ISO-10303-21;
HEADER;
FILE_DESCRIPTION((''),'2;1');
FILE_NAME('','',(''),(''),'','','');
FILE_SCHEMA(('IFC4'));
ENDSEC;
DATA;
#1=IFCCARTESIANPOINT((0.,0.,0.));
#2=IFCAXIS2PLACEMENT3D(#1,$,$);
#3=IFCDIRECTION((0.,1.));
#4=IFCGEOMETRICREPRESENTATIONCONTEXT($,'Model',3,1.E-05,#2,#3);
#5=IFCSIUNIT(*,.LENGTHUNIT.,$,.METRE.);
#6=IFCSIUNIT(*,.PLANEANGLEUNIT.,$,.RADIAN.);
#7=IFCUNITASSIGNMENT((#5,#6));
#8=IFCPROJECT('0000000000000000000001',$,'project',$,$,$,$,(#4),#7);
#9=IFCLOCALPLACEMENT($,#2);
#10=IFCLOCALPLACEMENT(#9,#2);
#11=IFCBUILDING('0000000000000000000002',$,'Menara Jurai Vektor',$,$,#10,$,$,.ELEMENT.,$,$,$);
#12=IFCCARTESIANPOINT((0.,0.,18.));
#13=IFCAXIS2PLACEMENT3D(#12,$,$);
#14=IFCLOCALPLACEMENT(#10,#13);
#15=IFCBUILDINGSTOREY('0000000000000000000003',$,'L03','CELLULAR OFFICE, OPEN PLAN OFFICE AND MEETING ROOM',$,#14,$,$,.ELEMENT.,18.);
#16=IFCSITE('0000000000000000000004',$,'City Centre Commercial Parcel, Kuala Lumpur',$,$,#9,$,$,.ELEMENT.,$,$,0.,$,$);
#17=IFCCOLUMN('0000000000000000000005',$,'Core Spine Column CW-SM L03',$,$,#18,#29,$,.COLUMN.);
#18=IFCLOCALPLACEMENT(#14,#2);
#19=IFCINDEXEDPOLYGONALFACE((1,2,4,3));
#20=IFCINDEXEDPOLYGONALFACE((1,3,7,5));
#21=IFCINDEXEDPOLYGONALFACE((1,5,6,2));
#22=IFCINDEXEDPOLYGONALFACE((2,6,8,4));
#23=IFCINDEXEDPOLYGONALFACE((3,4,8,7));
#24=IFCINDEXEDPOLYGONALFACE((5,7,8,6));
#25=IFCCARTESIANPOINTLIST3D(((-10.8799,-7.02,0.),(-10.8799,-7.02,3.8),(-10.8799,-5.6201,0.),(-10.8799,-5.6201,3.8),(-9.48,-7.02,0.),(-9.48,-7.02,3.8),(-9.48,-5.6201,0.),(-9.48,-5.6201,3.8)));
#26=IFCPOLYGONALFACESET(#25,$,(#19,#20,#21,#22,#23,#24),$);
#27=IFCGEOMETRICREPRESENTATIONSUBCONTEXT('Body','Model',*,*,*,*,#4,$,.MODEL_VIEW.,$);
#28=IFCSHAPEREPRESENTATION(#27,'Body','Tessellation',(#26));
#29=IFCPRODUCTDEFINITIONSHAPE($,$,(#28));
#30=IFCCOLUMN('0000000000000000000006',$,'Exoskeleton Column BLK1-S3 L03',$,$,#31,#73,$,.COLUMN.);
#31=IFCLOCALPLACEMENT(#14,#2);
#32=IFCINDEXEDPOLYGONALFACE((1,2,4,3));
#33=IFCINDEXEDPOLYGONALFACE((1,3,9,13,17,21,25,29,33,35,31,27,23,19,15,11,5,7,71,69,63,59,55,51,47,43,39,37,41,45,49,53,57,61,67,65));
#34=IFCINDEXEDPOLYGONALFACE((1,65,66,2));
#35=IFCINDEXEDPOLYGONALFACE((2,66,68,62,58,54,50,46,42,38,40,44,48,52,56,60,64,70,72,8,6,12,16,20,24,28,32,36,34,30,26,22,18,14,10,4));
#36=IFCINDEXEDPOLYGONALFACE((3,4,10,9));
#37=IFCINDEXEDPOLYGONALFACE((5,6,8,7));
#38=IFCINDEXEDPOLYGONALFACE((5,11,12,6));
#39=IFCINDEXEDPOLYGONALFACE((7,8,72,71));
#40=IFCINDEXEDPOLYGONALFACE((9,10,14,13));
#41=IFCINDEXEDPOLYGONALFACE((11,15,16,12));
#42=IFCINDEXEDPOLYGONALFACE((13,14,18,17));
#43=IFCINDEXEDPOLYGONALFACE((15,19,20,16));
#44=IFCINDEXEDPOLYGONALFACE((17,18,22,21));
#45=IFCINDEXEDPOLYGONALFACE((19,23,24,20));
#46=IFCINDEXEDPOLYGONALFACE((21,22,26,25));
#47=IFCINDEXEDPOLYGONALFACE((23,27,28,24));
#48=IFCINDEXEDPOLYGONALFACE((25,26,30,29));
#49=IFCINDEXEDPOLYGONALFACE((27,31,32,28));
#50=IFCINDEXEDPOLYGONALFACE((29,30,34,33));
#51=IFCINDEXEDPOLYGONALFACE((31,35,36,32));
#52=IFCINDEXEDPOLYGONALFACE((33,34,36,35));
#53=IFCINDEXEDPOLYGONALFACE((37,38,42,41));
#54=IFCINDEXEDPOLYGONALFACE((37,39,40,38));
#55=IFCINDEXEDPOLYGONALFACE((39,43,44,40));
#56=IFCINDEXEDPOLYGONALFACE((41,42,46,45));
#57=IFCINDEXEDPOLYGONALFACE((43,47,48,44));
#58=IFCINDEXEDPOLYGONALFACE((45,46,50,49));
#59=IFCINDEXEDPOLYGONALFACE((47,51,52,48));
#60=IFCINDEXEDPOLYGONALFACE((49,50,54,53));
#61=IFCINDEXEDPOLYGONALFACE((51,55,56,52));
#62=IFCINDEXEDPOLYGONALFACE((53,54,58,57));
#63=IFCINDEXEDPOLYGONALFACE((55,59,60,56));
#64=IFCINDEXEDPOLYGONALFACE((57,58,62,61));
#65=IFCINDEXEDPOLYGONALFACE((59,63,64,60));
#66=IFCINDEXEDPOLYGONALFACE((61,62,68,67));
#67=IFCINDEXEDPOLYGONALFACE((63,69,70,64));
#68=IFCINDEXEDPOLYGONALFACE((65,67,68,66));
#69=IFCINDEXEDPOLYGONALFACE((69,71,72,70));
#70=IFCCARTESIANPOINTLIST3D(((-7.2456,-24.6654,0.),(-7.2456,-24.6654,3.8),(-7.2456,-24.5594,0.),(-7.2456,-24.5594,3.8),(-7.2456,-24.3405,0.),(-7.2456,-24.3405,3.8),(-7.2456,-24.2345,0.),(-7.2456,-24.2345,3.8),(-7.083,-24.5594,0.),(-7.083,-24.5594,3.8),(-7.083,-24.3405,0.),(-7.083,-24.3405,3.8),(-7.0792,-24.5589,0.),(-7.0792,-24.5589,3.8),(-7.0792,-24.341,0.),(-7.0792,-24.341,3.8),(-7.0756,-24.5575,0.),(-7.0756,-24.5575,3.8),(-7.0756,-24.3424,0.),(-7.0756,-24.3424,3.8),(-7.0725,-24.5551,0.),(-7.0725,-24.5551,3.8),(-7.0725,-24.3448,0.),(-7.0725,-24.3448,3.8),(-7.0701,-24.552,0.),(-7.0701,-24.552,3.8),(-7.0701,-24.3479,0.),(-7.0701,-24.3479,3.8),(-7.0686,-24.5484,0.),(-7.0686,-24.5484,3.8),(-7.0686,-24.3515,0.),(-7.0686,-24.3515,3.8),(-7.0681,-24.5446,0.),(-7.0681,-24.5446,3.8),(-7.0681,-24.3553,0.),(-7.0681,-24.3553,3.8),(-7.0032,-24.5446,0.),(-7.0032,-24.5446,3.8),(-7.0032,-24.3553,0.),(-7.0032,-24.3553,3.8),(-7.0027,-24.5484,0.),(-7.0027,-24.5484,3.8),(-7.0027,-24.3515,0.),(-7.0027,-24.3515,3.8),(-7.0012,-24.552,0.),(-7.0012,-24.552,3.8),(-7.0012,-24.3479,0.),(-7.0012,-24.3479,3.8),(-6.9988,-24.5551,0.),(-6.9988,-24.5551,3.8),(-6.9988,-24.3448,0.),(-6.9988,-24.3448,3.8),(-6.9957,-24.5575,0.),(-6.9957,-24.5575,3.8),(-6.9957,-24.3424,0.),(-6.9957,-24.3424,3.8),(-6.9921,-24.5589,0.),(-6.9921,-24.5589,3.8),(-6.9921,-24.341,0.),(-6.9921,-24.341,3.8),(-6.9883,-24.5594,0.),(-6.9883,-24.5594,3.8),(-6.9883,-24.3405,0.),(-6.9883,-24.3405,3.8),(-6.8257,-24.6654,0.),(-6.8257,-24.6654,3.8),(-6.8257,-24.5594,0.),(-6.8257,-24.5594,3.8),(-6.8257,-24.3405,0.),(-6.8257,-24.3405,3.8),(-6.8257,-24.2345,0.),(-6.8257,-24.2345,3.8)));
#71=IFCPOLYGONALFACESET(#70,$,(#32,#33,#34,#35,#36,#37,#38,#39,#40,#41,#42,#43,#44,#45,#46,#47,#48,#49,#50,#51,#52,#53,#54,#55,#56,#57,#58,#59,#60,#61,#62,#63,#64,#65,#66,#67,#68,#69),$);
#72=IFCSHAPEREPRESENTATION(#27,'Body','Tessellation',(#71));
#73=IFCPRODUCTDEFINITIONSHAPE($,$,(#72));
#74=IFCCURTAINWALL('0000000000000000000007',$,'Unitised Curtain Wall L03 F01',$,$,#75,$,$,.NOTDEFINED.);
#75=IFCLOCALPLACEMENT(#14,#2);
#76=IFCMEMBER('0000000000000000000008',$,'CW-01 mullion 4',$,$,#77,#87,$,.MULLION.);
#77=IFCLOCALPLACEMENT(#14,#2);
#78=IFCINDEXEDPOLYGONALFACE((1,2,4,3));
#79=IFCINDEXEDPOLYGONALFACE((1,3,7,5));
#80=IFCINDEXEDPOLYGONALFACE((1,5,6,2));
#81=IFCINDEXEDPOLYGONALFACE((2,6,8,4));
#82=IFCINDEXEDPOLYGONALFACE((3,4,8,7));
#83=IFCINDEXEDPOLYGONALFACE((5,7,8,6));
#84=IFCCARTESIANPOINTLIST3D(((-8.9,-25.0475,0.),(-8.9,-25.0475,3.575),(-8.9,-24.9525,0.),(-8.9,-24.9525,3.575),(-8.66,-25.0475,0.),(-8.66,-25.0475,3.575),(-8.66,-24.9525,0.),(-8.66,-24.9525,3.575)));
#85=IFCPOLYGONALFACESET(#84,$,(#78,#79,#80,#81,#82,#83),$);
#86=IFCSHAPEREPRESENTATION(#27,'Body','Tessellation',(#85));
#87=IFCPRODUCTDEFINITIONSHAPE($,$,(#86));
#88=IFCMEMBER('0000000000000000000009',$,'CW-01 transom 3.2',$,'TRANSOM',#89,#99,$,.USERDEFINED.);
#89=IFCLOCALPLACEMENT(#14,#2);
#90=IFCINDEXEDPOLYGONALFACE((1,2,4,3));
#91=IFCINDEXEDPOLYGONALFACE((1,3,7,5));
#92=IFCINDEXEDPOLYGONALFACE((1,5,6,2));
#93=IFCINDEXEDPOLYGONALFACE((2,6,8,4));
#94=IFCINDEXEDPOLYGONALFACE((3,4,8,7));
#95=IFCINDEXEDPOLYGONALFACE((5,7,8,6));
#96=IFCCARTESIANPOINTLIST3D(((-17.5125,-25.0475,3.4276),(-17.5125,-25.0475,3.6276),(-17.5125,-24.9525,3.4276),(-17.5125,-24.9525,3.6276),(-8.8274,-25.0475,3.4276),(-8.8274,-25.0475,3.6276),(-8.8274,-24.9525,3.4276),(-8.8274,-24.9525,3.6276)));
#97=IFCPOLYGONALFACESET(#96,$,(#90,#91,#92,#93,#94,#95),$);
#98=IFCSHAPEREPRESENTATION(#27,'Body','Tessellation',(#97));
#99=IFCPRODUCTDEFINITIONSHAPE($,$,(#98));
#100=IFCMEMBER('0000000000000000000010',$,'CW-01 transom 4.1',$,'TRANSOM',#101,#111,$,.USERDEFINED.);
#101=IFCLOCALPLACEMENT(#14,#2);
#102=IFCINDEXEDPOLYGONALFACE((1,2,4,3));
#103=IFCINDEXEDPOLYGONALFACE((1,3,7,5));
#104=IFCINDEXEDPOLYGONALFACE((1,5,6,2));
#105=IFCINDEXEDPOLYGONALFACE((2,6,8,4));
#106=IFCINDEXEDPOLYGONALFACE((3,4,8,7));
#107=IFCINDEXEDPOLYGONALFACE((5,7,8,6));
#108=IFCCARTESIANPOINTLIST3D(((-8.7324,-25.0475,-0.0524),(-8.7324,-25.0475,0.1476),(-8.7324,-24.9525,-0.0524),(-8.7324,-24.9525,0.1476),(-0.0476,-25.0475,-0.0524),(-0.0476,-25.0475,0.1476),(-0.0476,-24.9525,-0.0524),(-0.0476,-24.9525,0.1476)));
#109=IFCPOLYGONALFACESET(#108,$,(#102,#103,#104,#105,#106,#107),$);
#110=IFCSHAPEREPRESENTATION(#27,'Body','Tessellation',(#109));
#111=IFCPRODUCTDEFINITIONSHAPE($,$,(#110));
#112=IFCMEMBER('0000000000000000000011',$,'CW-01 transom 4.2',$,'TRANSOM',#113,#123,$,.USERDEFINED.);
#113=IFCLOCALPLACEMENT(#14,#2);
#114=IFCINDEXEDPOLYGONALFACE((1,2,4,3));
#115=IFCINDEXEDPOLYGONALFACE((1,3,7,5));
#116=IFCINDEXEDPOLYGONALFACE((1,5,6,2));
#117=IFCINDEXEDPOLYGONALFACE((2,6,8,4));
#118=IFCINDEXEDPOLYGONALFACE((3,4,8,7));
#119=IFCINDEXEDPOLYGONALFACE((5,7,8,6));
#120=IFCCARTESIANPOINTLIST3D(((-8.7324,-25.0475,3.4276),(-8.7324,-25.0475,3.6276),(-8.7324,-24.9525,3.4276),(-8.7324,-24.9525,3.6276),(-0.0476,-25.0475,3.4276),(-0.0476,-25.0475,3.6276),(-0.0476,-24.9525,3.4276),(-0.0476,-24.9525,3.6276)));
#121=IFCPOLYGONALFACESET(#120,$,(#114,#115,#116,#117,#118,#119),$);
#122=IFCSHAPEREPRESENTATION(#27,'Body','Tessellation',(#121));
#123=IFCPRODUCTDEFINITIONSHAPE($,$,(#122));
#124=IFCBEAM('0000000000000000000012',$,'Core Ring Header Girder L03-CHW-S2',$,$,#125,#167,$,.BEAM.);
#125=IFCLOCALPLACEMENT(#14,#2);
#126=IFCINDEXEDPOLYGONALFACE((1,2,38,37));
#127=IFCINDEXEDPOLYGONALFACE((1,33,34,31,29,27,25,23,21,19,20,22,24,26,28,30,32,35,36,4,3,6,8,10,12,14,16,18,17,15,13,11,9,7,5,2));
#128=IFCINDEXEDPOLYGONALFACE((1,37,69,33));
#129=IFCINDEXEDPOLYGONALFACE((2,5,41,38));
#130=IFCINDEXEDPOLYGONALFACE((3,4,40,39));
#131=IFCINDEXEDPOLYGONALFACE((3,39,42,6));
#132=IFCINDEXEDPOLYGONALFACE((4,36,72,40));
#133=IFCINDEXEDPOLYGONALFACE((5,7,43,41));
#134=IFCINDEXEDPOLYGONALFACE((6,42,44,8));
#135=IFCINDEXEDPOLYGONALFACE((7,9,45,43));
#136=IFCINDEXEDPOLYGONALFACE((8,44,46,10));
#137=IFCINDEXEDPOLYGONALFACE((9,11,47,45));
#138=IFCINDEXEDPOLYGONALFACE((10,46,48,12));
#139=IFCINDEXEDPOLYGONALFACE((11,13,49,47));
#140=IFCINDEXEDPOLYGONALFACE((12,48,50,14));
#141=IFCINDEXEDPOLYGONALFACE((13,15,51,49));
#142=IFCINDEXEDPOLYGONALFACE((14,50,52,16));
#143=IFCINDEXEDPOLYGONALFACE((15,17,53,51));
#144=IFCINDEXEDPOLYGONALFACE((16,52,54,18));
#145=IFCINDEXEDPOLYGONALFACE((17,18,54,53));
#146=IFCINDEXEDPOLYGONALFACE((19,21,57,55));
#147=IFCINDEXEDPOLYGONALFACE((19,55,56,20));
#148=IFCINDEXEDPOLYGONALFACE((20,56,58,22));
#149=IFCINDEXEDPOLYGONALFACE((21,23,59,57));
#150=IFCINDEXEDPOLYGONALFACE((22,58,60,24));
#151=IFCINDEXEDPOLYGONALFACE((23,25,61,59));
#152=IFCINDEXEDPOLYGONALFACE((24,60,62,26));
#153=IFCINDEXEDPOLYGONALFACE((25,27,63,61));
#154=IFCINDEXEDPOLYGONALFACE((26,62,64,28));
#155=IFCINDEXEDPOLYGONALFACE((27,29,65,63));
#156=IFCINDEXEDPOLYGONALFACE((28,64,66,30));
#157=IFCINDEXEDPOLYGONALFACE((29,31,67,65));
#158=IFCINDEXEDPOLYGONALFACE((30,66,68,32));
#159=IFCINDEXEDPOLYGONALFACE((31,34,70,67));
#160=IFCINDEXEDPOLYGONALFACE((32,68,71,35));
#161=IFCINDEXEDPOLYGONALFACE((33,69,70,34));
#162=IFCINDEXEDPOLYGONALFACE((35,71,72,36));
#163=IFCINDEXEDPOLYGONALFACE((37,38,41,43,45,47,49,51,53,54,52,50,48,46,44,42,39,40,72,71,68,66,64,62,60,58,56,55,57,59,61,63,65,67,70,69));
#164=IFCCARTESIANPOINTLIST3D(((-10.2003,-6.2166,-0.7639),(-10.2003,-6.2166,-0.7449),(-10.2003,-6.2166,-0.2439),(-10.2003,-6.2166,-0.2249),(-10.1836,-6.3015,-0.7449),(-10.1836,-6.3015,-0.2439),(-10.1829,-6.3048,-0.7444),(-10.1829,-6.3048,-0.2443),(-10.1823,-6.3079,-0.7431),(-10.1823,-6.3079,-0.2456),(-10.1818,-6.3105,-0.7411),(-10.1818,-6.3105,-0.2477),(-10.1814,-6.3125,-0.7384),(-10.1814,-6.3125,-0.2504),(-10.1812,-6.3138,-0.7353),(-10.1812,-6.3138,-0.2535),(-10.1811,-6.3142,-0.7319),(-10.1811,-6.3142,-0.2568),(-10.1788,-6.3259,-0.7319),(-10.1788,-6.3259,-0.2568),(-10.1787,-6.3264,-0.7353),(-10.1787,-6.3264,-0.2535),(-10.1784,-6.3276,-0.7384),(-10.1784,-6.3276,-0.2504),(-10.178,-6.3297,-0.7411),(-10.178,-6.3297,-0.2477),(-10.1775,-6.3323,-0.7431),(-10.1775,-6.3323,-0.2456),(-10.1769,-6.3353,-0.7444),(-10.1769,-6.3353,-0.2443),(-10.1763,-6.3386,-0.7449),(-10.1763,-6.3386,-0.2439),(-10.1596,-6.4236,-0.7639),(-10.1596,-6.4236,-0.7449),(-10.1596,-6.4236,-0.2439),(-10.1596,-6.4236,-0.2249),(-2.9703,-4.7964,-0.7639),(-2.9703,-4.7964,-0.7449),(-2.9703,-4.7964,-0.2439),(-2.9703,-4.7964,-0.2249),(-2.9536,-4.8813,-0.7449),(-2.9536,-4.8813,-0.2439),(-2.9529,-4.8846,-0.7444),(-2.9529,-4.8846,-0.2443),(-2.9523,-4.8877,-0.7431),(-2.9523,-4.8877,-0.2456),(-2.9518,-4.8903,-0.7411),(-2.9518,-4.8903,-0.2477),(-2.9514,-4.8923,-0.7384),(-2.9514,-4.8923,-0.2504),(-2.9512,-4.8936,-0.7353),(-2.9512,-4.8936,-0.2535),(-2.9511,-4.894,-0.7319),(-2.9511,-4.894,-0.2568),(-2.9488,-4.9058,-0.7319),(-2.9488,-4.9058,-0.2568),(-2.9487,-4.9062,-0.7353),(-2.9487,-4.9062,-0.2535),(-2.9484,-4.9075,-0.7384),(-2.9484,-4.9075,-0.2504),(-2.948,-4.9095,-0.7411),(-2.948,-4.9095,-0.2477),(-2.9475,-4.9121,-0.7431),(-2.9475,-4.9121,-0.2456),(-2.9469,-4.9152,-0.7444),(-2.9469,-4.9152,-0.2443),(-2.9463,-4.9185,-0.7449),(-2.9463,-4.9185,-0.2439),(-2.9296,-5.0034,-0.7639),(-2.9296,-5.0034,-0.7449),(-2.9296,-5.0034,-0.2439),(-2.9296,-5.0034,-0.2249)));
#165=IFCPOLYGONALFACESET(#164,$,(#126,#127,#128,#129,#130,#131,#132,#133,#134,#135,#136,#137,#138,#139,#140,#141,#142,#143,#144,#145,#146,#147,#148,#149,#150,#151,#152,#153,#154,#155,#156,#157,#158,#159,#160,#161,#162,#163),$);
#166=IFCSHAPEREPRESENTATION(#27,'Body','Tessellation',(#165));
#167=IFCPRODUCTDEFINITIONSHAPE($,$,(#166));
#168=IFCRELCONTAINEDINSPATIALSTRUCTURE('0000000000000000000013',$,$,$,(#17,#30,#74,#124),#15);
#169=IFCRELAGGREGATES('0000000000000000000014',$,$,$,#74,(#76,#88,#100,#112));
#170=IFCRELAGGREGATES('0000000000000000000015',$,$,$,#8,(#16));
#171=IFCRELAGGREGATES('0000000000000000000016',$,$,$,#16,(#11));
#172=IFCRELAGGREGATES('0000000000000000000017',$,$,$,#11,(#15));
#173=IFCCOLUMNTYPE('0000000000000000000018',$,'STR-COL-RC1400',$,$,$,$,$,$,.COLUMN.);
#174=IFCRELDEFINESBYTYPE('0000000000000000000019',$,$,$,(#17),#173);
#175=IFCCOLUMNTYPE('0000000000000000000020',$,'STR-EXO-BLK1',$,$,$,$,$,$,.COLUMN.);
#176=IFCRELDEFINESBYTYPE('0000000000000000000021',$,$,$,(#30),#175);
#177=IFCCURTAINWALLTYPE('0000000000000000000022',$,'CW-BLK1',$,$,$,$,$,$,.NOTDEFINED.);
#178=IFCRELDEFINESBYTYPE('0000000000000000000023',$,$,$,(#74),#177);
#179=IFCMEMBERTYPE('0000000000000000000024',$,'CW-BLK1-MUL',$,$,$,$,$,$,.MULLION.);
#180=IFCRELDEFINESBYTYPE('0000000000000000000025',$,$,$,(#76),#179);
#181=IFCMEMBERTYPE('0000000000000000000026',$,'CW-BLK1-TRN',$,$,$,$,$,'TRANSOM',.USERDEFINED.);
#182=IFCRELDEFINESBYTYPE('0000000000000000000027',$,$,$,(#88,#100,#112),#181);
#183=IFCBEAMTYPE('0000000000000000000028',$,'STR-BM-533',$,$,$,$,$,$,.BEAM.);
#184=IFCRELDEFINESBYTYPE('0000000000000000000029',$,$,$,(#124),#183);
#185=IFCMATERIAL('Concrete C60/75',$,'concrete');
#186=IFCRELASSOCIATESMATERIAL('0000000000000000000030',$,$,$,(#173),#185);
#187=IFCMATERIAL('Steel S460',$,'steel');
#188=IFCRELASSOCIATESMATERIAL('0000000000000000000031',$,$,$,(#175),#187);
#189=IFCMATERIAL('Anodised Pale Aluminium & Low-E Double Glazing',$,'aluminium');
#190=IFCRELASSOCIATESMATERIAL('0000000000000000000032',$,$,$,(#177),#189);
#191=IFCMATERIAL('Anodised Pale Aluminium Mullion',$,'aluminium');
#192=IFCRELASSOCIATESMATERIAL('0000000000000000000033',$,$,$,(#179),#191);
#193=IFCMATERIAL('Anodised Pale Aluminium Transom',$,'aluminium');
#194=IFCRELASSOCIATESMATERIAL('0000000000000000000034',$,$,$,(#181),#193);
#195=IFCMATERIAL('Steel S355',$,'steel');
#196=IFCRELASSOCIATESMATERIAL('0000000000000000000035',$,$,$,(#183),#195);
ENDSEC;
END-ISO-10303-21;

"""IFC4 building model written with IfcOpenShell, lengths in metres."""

from ifc_helpers import new_model, si_unit, direction, frame, origin, origin_2d, place, context, subcontext, project, spatial, rectangle, i_section, extrude, material, material_profile, profile_set, type_object, element, aggregate, save


model = new_model("IFC4")

# Units and contexts
model_context = context("Model", 3, precision=1e-05, world=origin(), true_north=direction((0.0, 1.0)))
body_context = subcontext(model_context, "Body", "Model", "MODEL_VIEW")
ifc_project = project(units=[si_unit("LENGTHUNIT", "METRE"), si_unit("PLANEANGLEUNIT", "RADIAN")], contexts=[model_context])

# Site, building, storey
site_placement = place(None, origin())
site = spatial("IfcSite", under=ifc_project, at=site_placement, Name="City Centre Commercial Parcel, Kuala Lumpur", CompositionType="ELEMENT", RefElevation=0.0)
building_placement = place(site_placement, origin())
building = spatial("IfcBuilding", under=site, at=building_placement, Name="Menara Jurai Vektor", CompositionType="ELEMENT")
storey_placement = place(building_placement, frame((0.0, 0.0, 18.0)))
storey = spatial("IfcBuildingStorey", under=building, at=storey_placement, Name="L03", Description="CELLULAR OFFICE, OPEN PLAN OFFICE AND MEETING ROOM", CompositionType="ELEMENT", Elevation=18.0)

# Columns
ifc_material_1 = material(Name="Concrete C60/75", Category="concrete")
ifc_material_profile_1 = material_profile(ifc_material_1, rectangle(XDim=1.3999, YDim=1.3999, at=origin_2d()), Name="RC 1400x1400")
ifc_profile_set_1 = profile_set([ifc_material_profile_1], Name="Concrete C60/75")
column_type_1 = type_object("IfcColumnType", Name="STR-COL-RC1400", PredefinedType="COLUMN", material=ifc_profile_set_1)
column_1_placement = place(storey_placement, frame((-10.1799, -6.3201, 0.0), z_axis=(0.0, 0.0, 1.0), x_axis=(1.0, 0.0, 0.0)))
element("IfcColumn", 1, at=column_1_placement, inside=storey, type_object=column_type_1, Name="Core Spine Column CW-SM L03", PredefinedType="COLUMN", context=body_context, shape_type="SweptSolid", body=[
    extrude(rectangle(XDim=1.3999, YDim=1.3999, at=origin_2d()), origin(), (0.0, 0.0, 1.0), 3.8),
])
ifc_material_2 = material(Name="Steel S460", Category="steel")
ifc_material_profile_2 = material_profile(ifc_material_2, i_section(OverallWidth=0.4199, OverallDepth=0.4309, WebThickness=0.0649, FlangeThickness=0.106, FilletRadius=0.0149, at=origin_2d()), Name="HD 400x900")
ifc_profile_set_2 = profile_set([ifc_material_profile_2], Name="Steel S460")
column_type_2 = type_object("IfcColumnType", Name="STR-EXO-BLK1", PredefinedType="COLUMN", material=ifc_profile_set_2)
column_2_placement = place(storey_placement, frame((-7.0356, -24.45, 0.0), z_axis=(0.0, 0.0, 1.0), x_axis=(1.0, 0.0, 0.0)))
element("IfcColumn", 2, at=column_2_placement, inside=storey, type_object=column_type_2, Name="Exoskeleton Column BLK1-S3 L03", PredefinedType="COLUMN", context=body_context, shape_type="SweptSolid", body=[
    extrude(i_section(OverallWidth=0.4199, OverallDepth=0.4309, WebThickness=0.0649, FlangeThickness=0.106, FilletRadius=0.0149, at=origin_2d()), origin(), (0.0, 0.0, 1.0), 3.8),
])

# Curtain wall, members
ifc_material_3 = material(Name="Anodised Pale Aluminium & Low-E Double Glazing", Category="aluminium")
curtain_wall_type = type_object("IfcCurtainWallType", Name="CW-BLK1", PredefinedType="NOTDEFINED", material=ifc_material_3)
curtain_wall_placement = place(storey_placement, origin())
curtain_wall = element("IfcCurtainWall", 3, at=curtain_wall_placement, inside=storey, type_object=curtain_wall_type, Name="Unitised Curtain Wall L03 F01", PredefinedType="NOTDEFINED")
ifc_material_4 = material(Name="Anodised Pale Aluminium Mullion", Category="aluminium")
ifc_material_profile_3 = material_profile(ifc_material_4, rectangle(XDim=0.095, YDim=0.24, at=origin_2d()), Name="ALU MUL 95x240")
ifc_profile_set_3 = profile_set([ifc_material_profile_3], Name="Anodised Pale Aluminium Mullion")
member_type_1 = type_object("IfcMemberType", Name="CW-BLK1-MUL", PredefinedType="MULLION", material=ifc_profile_set_3)
member_1_placement = place(storey_placement, frame((-8.78, -25.0, 0.0), z_axis=(0.0, 0.0, 1.0), x_axis=(0.0, 1.0, 0.0)))
member_1 = element("IfcMember", 4, at=member_1_placement, type_object=member_type_1, Name="CW-01 mullion 4", PredefinedType="MULLION", context=body_context, shape_type="SweptSolid", body=[
    extrude(rectangle(XDim=0.095, YDim=0.24, at=origin_2d()), origin(), (0.0, 0.0, 1.0), 3.575),
])
ifc_material_5 = material(Name="Anodised Pale Aluminium Transom", Category="aluminium")
ifc_material_profile_4 = material_profile(ifc_material_5, rectangle(XDim=0.095, YDim=0.2, at=origin_2d()), Name="ALU TRN 95x200")
ifc_profile_set_4 = profile_set([ifc_material_profile_4], Name="Anodised Pale Aluminium Transom")
member_type_2 = type_object("IfcMemberType", Name="CW-BLK1-TRN", ElementType="TRANSOM", PredefinedType="USERDEFINED", material=ifc_profile_set_4)
member_2_placement = place(storey_placement, frame((-17.5125, -25.0, 3.5276), z_axis=(1.0, 0.0, 0.0), x_axis=(0.0, 1.0, 0.0)))
member_2 = element("IfcMember", 5, at=member_2_placement, type_object=member_type_2, Name="CW-01 transom 3.2", ObjectType="TRANSOM", PredefinedType="USERDEFINED", context=body_context, shape_type="SweptSolid", body=[
    extrude(rectangle(XDim=0.095, YDim=0.2, at=origin_2d()), origin(), (0.0, 0.0, 1.0), 8.6851),
])
member_3_placement = place(storey_placement, frame((-8.7324, -25.0, 0.0476), z_axis=(1.0, 0.0, 0.0), x_axis=(0.0, 1.0, 0.0)))
member_3 = element("IfcMember", 6, at=member_3_placement, type_object=member_type_2, Name="CW-01 transom 4.1", ObjectType="TRANSOM", PredefinedType="USERDEFINED", context=body_context, shape_type="SweptSolid", body=[
    extrude(rectangle(XDim=0.095, YDim=0.2, at=origin_2d()), origin(), (0.0, 0.0, 1.0), 8.6848),
])
member_4_placement = place(storey_placement, frame((-8.7324, -25.0, 3.5276), z_axis=(1.0, 0.0, 0.0), x_axis=(0.0, 1.0, 0.0)))
member_4 = element("IfcMember", 7, at=member_4_placement, type_object=member_type_2, Name="CW-01 transom 4.2", ObjectType="TRANSOM", PredefinedType="USERDEFINED", context=body_context, shape_type="SweptSolid", body=[
    extrude(rectangle(XDim=0.095, YDim=0.2, at=origin_2d()), origin(), (0.0, 0.0, 1.0), 8.6848),
])

# Beam
ifc_material_6 = material(Name="Steel S355", Category="steel")
ifc_material_profile_5 = material_profile(ifc_material_6, i_section(OverallWidth=0.2109, OverallDepth=0.5391, WebThickness=0.012, FlangeThickness=0.019, FilletRadius=0.0129, at=origin_2d()), Name="UKB 533x210x109")
ifc_profile_set_5 = profile_set([ifc_material_profile_5], Name="Steel S355")
beam_type_1 = type_object("IfcBeamType", Name="STR-BM-533", PredefinedType="BEAM", material=ifc_profile_set_5)
beam_1_placement = place(storey_placement, frame((-10.1799, -6.3201, -0.4944), z_axis=(0.981249, 0.192744, 0.0), x_axis=(-0.192744, 0.981249, 0.0)))
element("IfcBeam", 8, at=beam_1_placement, inside=storey, type_object=beam_type_1, Name="Core Ring Header Girder L03-CHW-S2", PredefinedType="BEAM", context=body_context, shape_type="SweptSolid", body=[
    extrude(i_section(OverallWidth=0.2109, OverallDepth=0.5391, WebThickness=0.012, FlangeThickness=0.019, FilletRadius=0.0129, at=origin_2d()), origin(), (0.0, 0.0, 1.0), 7.3682),
])

aggregate(curtain_wall, [member_1, member_2, member_3, member_4])

save(model, "model.ifc")
